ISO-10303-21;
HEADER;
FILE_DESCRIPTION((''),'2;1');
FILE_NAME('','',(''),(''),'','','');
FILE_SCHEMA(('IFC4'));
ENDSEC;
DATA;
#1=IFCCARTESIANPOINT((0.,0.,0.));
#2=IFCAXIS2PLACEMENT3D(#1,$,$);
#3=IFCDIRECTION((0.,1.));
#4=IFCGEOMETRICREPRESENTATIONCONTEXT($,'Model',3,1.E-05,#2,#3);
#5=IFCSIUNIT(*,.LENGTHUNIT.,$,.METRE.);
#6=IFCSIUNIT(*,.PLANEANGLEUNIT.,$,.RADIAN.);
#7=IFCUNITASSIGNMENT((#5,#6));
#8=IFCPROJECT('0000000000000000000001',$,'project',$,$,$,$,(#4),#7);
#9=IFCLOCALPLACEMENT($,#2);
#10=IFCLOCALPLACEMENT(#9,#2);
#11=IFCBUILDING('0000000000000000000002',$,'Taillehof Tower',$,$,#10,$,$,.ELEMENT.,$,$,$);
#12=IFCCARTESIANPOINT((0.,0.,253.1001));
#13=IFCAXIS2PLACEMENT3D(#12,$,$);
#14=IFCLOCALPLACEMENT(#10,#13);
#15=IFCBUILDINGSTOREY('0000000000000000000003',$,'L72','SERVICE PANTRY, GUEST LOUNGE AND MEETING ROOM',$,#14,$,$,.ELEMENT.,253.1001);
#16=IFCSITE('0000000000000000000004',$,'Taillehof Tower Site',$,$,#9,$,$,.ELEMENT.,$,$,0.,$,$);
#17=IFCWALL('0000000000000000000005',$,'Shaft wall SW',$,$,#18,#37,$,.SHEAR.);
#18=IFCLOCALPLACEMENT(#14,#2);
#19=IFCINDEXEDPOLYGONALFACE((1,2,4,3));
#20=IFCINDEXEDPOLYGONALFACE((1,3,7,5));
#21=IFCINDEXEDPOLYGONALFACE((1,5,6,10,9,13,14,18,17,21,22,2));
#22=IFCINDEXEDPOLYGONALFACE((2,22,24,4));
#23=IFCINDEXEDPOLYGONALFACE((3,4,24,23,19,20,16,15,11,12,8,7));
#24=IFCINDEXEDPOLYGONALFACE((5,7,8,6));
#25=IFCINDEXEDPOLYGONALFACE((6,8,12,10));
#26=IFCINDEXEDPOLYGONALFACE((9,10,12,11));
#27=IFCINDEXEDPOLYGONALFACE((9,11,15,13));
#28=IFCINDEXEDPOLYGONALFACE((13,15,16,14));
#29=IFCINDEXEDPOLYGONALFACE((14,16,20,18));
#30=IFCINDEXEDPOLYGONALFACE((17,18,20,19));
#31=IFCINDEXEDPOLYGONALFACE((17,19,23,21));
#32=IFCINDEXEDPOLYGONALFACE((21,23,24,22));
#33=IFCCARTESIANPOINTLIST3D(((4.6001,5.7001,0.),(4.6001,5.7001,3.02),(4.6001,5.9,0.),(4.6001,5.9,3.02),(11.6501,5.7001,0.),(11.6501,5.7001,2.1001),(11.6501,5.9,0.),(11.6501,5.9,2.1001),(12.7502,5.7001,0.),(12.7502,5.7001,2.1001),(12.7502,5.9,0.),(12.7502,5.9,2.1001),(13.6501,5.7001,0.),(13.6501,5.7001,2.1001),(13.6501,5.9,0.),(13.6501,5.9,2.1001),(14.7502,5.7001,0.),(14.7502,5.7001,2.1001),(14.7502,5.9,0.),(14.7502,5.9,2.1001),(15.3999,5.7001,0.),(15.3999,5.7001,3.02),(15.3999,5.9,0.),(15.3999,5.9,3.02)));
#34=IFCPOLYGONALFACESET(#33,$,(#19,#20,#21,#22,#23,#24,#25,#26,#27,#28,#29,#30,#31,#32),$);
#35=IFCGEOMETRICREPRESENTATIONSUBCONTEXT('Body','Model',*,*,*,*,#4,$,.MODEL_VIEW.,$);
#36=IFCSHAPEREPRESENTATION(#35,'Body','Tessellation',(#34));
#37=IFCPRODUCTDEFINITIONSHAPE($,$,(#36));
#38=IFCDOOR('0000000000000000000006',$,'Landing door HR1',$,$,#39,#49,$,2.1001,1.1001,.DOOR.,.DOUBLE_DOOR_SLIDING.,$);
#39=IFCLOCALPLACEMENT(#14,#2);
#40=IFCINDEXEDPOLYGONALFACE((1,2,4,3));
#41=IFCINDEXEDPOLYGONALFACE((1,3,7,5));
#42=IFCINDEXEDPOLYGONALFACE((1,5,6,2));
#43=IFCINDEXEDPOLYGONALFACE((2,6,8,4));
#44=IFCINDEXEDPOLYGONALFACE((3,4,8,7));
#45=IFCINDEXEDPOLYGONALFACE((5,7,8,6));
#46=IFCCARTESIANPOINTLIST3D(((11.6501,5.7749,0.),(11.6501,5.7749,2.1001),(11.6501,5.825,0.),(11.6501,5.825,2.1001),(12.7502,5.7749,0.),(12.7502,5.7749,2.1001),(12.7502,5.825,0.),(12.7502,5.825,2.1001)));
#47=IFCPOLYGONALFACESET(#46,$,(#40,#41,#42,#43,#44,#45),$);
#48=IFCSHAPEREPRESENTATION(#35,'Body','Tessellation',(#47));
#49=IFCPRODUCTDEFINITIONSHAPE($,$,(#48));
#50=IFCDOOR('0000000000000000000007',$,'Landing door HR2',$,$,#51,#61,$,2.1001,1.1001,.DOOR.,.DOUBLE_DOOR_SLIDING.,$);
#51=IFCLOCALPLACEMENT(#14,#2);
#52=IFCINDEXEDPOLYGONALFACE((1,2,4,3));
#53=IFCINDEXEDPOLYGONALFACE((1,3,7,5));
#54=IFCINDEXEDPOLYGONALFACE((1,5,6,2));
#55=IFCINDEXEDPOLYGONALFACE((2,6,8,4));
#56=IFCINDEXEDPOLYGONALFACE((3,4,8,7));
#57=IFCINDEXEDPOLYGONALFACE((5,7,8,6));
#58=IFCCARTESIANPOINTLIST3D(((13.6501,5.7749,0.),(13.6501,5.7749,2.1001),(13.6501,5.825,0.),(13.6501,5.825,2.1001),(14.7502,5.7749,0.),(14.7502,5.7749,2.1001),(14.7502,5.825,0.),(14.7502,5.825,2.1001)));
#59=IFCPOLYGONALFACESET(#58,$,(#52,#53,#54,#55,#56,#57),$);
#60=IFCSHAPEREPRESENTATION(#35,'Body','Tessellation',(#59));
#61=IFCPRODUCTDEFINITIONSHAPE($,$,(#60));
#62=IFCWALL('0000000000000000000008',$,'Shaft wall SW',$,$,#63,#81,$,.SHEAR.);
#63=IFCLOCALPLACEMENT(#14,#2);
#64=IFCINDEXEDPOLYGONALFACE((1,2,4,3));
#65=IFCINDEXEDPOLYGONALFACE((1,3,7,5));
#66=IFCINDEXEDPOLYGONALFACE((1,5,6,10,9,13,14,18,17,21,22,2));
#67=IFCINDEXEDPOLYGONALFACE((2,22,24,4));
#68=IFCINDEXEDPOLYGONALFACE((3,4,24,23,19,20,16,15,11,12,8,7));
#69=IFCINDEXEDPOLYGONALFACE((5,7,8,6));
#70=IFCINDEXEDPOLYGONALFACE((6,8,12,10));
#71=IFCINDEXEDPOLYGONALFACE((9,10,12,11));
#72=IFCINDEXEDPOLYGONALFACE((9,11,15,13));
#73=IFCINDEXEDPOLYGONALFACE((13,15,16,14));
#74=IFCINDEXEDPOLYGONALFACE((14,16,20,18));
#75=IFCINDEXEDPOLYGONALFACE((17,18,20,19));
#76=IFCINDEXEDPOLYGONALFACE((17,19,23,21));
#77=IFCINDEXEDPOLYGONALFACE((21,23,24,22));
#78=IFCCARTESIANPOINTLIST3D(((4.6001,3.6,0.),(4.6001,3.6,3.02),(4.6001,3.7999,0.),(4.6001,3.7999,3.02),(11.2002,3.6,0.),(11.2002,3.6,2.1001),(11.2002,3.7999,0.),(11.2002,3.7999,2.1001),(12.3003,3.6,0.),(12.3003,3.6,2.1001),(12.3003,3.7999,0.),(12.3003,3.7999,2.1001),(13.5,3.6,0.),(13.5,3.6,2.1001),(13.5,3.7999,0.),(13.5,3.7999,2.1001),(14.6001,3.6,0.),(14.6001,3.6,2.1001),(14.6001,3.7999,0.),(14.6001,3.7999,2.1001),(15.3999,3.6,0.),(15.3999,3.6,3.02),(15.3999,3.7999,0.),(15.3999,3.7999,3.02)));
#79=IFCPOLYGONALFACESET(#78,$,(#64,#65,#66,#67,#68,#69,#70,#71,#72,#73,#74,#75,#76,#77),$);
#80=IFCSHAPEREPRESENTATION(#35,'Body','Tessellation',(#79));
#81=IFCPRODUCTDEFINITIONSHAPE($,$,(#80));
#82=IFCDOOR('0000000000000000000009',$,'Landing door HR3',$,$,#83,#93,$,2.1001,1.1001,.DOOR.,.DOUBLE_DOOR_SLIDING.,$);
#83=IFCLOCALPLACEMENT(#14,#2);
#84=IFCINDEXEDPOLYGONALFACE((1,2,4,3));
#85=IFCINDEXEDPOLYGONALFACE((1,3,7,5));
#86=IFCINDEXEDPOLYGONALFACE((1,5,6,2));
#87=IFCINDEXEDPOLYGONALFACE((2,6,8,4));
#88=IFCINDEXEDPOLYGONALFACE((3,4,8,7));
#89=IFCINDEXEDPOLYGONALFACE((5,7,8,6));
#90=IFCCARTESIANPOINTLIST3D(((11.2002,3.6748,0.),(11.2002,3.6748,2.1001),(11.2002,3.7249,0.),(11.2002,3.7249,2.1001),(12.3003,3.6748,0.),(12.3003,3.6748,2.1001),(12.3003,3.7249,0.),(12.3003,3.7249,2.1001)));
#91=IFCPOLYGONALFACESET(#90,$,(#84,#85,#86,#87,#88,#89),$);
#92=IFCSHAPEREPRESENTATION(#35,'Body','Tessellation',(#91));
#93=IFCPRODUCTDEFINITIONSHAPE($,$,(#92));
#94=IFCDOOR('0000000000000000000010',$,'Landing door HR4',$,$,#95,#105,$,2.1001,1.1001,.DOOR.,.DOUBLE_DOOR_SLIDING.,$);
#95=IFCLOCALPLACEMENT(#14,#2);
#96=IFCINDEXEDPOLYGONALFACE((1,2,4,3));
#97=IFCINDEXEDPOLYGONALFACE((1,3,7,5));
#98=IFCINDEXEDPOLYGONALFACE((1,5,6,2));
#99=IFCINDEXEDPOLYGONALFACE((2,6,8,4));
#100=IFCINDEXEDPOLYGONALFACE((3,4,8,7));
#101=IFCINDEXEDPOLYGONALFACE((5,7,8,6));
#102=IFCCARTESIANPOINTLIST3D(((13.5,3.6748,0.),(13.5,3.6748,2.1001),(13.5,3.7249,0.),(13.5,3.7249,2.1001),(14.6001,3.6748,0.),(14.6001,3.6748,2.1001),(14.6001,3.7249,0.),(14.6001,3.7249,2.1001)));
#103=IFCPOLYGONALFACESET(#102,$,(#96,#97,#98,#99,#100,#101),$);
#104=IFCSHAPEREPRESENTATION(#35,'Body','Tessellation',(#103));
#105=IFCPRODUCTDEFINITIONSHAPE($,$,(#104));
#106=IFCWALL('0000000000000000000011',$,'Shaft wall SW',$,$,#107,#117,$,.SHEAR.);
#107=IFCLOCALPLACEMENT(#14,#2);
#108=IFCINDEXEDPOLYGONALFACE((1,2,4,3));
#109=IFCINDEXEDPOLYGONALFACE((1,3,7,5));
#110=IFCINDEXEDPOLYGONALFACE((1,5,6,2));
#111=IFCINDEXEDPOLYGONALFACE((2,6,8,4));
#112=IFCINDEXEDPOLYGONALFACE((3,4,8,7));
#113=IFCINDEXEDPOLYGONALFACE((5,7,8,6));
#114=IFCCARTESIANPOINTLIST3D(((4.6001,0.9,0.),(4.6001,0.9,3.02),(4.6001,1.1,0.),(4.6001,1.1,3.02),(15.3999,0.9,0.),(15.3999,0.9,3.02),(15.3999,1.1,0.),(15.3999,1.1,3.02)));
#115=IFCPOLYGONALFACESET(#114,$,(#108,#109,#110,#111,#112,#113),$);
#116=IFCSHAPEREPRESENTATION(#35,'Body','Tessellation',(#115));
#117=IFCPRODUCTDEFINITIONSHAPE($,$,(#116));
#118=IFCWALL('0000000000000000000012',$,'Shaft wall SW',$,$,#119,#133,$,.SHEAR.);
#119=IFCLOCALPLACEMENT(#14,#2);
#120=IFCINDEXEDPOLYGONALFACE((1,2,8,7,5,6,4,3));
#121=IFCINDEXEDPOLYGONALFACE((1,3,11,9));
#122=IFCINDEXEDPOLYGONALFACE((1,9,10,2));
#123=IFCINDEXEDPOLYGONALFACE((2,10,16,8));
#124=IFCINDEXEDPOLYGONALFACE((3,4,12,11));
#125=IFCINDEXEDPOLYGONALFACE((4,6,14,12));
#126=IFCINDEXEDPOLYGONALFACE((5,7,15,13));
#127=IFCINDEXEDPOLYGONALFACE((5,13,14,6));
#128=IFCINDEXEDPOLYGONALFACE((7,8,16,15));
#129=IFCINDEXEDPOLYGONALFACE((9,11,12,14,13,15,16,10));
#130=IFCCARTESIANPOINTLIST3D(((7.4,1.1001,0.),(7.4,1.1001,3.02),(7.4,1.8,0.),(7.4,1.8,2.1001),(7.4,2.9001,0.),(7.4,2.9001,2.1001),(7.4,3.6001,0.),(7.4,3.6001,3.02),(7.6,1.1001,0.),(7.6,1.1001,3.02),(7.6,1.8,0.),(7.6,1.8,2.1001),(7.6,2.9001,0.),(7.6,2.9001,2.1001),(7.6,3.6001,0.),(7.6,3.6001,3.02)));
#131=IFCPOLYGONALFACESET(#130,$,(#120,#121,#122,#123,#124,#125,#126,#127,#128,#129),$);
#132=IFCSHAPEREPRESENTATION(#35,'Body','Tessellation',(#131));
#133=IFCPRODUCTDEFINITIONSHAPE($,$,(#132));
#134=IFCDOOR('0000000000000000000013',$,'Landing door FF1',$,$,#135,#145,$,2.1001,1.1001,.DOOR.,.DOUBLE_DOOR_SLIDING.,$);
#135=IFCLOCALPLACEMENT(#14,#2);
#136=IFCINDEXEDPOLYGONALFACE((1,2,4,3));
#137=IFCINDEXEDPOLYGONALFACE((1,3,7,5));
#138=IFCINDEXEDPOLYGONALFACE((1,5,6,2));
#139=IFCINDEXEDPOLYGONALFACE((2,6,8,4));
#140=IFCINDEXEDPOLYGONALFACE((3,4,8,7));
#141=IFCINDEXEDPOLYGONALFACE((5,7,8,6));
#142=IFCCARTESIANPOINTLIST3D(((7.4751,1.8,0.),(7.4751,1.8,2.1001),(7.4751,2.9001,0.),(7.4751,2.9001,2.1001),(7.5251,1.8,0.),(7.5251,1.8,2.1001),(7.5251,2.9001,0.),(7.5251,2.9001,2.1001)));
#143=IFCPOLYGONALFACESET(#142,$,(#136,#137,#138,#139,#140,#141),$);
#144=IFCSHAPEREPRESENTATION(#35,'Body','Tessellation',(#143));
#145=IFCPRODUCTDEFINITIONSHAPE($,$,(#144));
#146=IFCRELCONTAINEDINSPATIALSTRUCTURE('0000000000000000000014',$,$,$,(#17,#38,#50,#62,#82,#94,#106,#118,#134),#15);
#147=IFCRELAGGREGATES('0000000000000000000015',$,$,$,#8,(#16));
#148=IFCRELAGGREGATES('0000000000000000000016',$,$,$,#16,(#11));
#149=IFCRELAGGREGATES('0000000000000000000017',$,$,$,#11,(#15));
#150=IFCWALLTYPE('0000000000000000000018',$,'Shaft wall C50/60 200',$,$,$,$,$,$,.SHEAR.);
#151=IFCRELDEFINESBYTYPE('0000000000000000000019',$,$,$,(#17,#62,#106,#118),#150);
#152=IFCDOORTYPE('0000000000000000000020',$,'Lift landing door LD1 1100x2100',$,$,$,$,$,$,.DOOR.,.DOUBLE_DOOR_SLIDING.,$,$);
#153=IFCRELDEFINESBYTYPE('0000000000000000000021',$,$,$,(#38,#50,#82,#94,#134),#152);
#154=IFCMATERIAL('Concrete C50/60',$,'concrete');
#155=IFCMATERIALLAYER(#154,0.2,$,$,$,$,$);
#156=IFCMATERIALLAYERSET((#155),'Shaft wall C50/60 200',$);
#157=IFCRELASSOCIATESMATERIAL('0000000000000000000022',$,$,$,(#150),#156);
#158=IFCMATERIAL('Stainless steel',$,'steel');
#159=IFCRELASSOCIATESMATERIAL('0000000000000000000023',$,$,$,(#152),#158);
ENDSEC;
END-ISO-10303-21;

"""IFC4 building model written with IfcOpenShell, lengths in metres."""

from ifc_helpers import new_model, si_unit, direction, frame, frame_2d, origin, place, context, subcontext, project, spatial, rectangle, extrude, material, layer, layer_set, type_object, element, fill, save


model = new_model("IFC4")

# Units and contexts
model_context = context("Model", 3, precision=1e-05, world=origin(), true_north=direction((0.0, 1.0)))
body_context = subcontext(model_context, "Body", "Model", "MODEL_VIEW")
ifc_project = project(units=[si_unit("LENGTHUNIT", "METRE"), si_unit("PLANEANGLEUNIT", "RADIAN")], contexts=[model_context])

# Site, building, storey
site_placement = place(None, origin())
site = spatial("IfcSite", under=ifc_project, at=site_placement, Name="Taillehof Tower Site", CompositionType="ELEMENT", RefElevation=0.0)
building_placement = place(site_placement, origin())
building = spatial("IfcBuilding", under=site, at=building_placement, Name="Taillehof Tower", CompositionType="ELEMENT")
storey_placement = place(building_placement, frame((0.0, 0.0, 253.1001)))
storey = spatial("IfcBuildingStorey", under=building, at=storey_placement, Name="L72", Description="SERVICE PANTRY, GUEST LOUNGE AND MEETING ROOM", CompositionType="ELEMENT", Elevation=253.1001)

# Walls, openings, doors
ifc_material_1 = material(Name="Concrete C50/60", Category="concrete")
ifc_layer_1 = layer(ifc_material_1, 0.2)
ifc_layer_set_1 = layer_set([ifc_layer_1], Name="Shaft wall C50/60 200")
wall_type_1 = type_object("IfcWallType", Name="Shaft wall C50/60 200", PredefinedType="SHEAR", material=ifc_layer_set_1)
wall_1_placement = place(storey_placement, frame((4.6001, 5.8, 0.0), z_axis=(0.0, 0.0, 1.0), x_axis=(1.0, 0.0, 0.0)))
wall_1 = element("IfcWall", 1, at=wall_1_placement, inside=storey, type_object=wall_type_1, Name="Shaft wall SW", PredefinedType="SHEAR", context=body_context, shape_type="SweptSolid", body=[
    extrude(rectangle(XDim=10.7998, YDim=0.2, at=frame_2d((5.3999, 0.0))), origin(), (0.0, 0.0, 1.0), 3.02),
])
opening_1_placement = place(wall_1_placement, frame((7.05, 0.0, 0.0)))
opening_1 = element("IfcOpeningElement", 2, at=opening_1_placement, cuts=wall_1, PredefinedType="OPENING", context=body_context, shape_type="SweptSolid", body=[
    extrude(rectangle(XDim=1.1001, YDim=2.1001, at=frame_2d((0.55, 1.05))), frame((0.0, 0.1099, 0.0), z_axis=(0.0, -1.0, 0.0), x_axis=(1.0, 0.0, 0.0)), (0.0, 0.0, 1.0), 0.22),
])
opening_2_placement = place(wall_1_placement, frame((9.05, 0.0, 0.0)))
opening_2 = element("IfcOpeningElement", 3, at=opening_2_placement, cuts=wall_1, PredefinedType="OPENING", context=body_context, shape_type="SweptSolid", body=[
    extrude(rectangle(XDim=1.1001, YDim=2.1001, at=frame_2d((0.55, 1.05))), frame((0.0, 0.1099, 0.0), z_axis=(0.0, -1.0, 0.0), x_axis=(1.0, 0.0, 0.0)), (0.0, 0.0, 1.0), 0.22),
])
ifc_material_2 = material(Name="Stainless steel", Category="steel")
door_type_1 = type_object("IfcDoorType", Name="Lift landing door LD1 1100x2100", OperationType="DOUBLE_DOOR_SLIDING", PredefinedType="DOOR", material=ifc_material_2)
door_1_placement = place(opening_1_placement, origin())
door_1 = element("IfcDoor", 4, at=door_1_placement, inside=storey, type_object=door_type_1, Name="Landing door HR1", OperationType="DOUBLE_DOOR_SLIDING", OverallHeight=2.1001, OverallWidth=1.1001, PredefinedType="DOOR", context=body_context, shape_type="SweptSolid", body=[
    extrude(rectangle(XDim=1.1001, YDim=2.1001, at=frame_2d((0.55, 1.05))), frame((0.0, 0.0249, 0.0), z_axis=(0.0, -1.0, 0.0), x_axis=(1.0, 0.0, 0.0)), (0.0, 0.0, 1.0), 0.05),
])
fill(opening_1, door_1)
door_2_placement = place(opening_2_placement, origin())
door_2 = element("IfcDoor", 5, at=door_2_placement, inside=storey, type_object=door_type_1, Name="Landing door HR2", OperationType="DOUBLE_DOOR_SLIDING", OverallHeight=2.1001, OverallWidth=1.1001, PredefinedType="DOOR", context=body_context, shape_type="SweptSolid", body=[
    extrude(rectangle(XDim=1.1001, YDim=2.1001, at=frame_2d((0.55, 1.05))), frame((0.0, 0.0249, 0.0), z_axis=(0.0, -1.0, 0.0), x_axis=(1.0, 0.0, 0.0)), (0.0, 0.0, 1.0), 0.05),
])
fill(opening_2, door_2)
wall_2_placement = place(storey_placement, frame((4.6001, 3.7, 0.0), z_axis=(0.0, 0.0, 1.0), x_axis=(1.0, 0.0, 0.0)))
wall_2 = element("IfcWall", 6, at=wall_2_placement, inside=storey, type_object=wall_type_1, Name="Shaft wall SW", PredefinedType="SHEAR", context=body_context, shape_type="SweptSolid", body=[
    extrude(rectangle(XDim=10.7998, YDim=0.2, at=frame_2d((5.3999, 0.0))), origin(), (0.0, 0.0, 1.0), 3.02),
])
opening_3_placement = place(wall_2_placement, frame((6.6001, 0.0, 0.0)))
opening_3 = element("IfcOpeningElement", 7, at=opening_3_placement, cuts=wall_2, PredefinedType="OPENING", context=body_context, shape_type="SweptSolid", body=[
    extrude(rectangle(XDim=1.1001, YDim=2.1001, at=frame_2d((0.55, 1.05))), frame((0.0, 0.1099, 0.0), z_axis=(0.0, -1.0, 0.0), x_axis=(1.0, 0.0, 0.0)), (0.0, 0.0, 1.0), 0.22),
])
opening_4_placement = place(wall_2_placement, frame((8.8999, 0.0, 0.0)))
opening_4 = element("IfcOpeningElement", 8, at=opening_4_placement, cuts=wall_2, PredefinedType="OPENING", context=body_context, shape_type="SweptSolid", body=[
    extrude(rectangle(XDim=1.1001, YDim=2.1001, at=frame_2d((0.55, 1.05))), frame((0.0, 0.1099, 0.0), z_axis=(0.0, -1.0, 0.0), x_axis=(1.0, 0.0, 0.0)), (0.0, 0.0, 1.0), 0.22),
])
door_3_placement = place(opening_3_placement, origin())
door_3 = element("IfcDoor", 9, at=door_3_placement, inside=storey, type_object=door_type_1, Name="Landing door HR3", OperationType="DOUBLE_DOOR_SLIDING", OverallHeight=2.1001, OverallWidth=1.1001, PredefinedType="DOOR", context=body_context, shape_type="SweptSolid", body=[
    extrude(rectangle(XDim=1.1001, YDim=2.1001, at=frame_2d((0.55, 1.05))), frame((0.0, 0.0249, 0.0), z_axis=(0.0, -1.0, 0.0), x_axis=(1.0, 0.0, 0.0)), (0.0, 0.0, 1.0), 0.05),
])
fill(opening_3, door_3)
door_4_placement = place(opening_4_placement, origin())
door_4 = element("IfcDoor", 10, at=door_4_placement, inside=storey, type_object=door_type_1, Name="Landing door HR4", OperationType="DOUBLE_DOOR_SLIDING", OverallHeight=2.1001, OverallWidth=1.1001, PredefinedType="DOOR", context=body_context, shape_type="SweptSolid", body=[
    extrude(rectangle(XDim=1.1001, YDim=2.1001, at=frame_2d((0.55, 1.05))), frame((0.0, 0.0249, 0.0), z_axis=(0.0, -1.0, 0.0), x_axis=(1.0, 0.0, 0.0)), (0.0, 0.0, 1.0), 0.05),
])
fill(opening_4, door_4)

# Wall
wall_3_placement = place(storey_placement, frame((4.6001, 1.0, 0.0), z_axis=(0.0, 0.0, 1.0), x_axis=(1.0, 0.0, 0.0)))
element("IfcWall", 11, at=wall_3_placement, inside=storey, type_object=wall_type_1, Name="Shaft wall SW", PredefinedType="SHEAR", context=body_context, shape_type="SweptSolid", body=[
    extrude(rectangle(XDim=10.7998, YDim=0.2, at=frame_2d((5.3999, 0.0))), origin(), (0.0, 0.0, 1.0), 3.02),
])

# Wall, opening, door
wall_4_placement = place(storey_placement, frame((7.5, 1.1001, 0.0), z_axis=(0.0, 0.0, 1.0), x_axis=(0.0, 1.0, 0.0)))
wall_4 = element("IfcWall", 12, at=wall_4_placement, inside=storey, type_object=wall_type_1, Name="Shaft wall SW", PredefinedType="SHEAR", context=body_context, shape_type="SweptSolid", body=[
    extrude(rectangle(XDim=2.5, YDim=0.2, at=frame_2d((1.25, 0.0))), origin(), (0.0, 0.0, 1.0), 3.02),
])
opening_5_placement = place(wall_4_placement, frame((0.7, 0.0, 0.0)))
opening_5 = element("IfcOpeningElement", 13, at=opening_5_placement, cuts=wall_4, PredefinedType="OPENING", context=body_context, shape_type="SweptSolid", body=[
    extrude(rectangle(XDim=1.1001, YDim=2.1001, at=frame_2d((0.55, 1.05))), frame((0.0, 0.1099, 0.0), z_axis=(0.0, -1.0, 0.0), x_axis=(1.0, 0.0, 0.0)), (0.0, 0.0, 1.0), 0.22),
])
door_5_placement = place(opening_5_placement, origin())
door_5 = element("IfcDoor", 14, at=door_5_placement, inside=storey, type_object=door_type_1, Name="Landing door FF1", OperationType="DOUBLE_DOOR_SLIDING", OverallHeight=2.1001, OverallWidth=1.1001, PredefinedType="DOOR", context=body_context, shape_type="SweptSolid", body=[
    extrude(rectangle(XDim=1.1001, YDim=2.1001, at=frame_2d((0.55, 1.05))), frame((0.0, 0.0249, 0.0), z_axis=(0.0, -1.0, 0.0), x_axis=(1.0, 0.0, 0.0)), (0.0, 0.0, 1.0), 0.05),
])
fill(opening_5, door_5)

save(model, "model.ifc")
